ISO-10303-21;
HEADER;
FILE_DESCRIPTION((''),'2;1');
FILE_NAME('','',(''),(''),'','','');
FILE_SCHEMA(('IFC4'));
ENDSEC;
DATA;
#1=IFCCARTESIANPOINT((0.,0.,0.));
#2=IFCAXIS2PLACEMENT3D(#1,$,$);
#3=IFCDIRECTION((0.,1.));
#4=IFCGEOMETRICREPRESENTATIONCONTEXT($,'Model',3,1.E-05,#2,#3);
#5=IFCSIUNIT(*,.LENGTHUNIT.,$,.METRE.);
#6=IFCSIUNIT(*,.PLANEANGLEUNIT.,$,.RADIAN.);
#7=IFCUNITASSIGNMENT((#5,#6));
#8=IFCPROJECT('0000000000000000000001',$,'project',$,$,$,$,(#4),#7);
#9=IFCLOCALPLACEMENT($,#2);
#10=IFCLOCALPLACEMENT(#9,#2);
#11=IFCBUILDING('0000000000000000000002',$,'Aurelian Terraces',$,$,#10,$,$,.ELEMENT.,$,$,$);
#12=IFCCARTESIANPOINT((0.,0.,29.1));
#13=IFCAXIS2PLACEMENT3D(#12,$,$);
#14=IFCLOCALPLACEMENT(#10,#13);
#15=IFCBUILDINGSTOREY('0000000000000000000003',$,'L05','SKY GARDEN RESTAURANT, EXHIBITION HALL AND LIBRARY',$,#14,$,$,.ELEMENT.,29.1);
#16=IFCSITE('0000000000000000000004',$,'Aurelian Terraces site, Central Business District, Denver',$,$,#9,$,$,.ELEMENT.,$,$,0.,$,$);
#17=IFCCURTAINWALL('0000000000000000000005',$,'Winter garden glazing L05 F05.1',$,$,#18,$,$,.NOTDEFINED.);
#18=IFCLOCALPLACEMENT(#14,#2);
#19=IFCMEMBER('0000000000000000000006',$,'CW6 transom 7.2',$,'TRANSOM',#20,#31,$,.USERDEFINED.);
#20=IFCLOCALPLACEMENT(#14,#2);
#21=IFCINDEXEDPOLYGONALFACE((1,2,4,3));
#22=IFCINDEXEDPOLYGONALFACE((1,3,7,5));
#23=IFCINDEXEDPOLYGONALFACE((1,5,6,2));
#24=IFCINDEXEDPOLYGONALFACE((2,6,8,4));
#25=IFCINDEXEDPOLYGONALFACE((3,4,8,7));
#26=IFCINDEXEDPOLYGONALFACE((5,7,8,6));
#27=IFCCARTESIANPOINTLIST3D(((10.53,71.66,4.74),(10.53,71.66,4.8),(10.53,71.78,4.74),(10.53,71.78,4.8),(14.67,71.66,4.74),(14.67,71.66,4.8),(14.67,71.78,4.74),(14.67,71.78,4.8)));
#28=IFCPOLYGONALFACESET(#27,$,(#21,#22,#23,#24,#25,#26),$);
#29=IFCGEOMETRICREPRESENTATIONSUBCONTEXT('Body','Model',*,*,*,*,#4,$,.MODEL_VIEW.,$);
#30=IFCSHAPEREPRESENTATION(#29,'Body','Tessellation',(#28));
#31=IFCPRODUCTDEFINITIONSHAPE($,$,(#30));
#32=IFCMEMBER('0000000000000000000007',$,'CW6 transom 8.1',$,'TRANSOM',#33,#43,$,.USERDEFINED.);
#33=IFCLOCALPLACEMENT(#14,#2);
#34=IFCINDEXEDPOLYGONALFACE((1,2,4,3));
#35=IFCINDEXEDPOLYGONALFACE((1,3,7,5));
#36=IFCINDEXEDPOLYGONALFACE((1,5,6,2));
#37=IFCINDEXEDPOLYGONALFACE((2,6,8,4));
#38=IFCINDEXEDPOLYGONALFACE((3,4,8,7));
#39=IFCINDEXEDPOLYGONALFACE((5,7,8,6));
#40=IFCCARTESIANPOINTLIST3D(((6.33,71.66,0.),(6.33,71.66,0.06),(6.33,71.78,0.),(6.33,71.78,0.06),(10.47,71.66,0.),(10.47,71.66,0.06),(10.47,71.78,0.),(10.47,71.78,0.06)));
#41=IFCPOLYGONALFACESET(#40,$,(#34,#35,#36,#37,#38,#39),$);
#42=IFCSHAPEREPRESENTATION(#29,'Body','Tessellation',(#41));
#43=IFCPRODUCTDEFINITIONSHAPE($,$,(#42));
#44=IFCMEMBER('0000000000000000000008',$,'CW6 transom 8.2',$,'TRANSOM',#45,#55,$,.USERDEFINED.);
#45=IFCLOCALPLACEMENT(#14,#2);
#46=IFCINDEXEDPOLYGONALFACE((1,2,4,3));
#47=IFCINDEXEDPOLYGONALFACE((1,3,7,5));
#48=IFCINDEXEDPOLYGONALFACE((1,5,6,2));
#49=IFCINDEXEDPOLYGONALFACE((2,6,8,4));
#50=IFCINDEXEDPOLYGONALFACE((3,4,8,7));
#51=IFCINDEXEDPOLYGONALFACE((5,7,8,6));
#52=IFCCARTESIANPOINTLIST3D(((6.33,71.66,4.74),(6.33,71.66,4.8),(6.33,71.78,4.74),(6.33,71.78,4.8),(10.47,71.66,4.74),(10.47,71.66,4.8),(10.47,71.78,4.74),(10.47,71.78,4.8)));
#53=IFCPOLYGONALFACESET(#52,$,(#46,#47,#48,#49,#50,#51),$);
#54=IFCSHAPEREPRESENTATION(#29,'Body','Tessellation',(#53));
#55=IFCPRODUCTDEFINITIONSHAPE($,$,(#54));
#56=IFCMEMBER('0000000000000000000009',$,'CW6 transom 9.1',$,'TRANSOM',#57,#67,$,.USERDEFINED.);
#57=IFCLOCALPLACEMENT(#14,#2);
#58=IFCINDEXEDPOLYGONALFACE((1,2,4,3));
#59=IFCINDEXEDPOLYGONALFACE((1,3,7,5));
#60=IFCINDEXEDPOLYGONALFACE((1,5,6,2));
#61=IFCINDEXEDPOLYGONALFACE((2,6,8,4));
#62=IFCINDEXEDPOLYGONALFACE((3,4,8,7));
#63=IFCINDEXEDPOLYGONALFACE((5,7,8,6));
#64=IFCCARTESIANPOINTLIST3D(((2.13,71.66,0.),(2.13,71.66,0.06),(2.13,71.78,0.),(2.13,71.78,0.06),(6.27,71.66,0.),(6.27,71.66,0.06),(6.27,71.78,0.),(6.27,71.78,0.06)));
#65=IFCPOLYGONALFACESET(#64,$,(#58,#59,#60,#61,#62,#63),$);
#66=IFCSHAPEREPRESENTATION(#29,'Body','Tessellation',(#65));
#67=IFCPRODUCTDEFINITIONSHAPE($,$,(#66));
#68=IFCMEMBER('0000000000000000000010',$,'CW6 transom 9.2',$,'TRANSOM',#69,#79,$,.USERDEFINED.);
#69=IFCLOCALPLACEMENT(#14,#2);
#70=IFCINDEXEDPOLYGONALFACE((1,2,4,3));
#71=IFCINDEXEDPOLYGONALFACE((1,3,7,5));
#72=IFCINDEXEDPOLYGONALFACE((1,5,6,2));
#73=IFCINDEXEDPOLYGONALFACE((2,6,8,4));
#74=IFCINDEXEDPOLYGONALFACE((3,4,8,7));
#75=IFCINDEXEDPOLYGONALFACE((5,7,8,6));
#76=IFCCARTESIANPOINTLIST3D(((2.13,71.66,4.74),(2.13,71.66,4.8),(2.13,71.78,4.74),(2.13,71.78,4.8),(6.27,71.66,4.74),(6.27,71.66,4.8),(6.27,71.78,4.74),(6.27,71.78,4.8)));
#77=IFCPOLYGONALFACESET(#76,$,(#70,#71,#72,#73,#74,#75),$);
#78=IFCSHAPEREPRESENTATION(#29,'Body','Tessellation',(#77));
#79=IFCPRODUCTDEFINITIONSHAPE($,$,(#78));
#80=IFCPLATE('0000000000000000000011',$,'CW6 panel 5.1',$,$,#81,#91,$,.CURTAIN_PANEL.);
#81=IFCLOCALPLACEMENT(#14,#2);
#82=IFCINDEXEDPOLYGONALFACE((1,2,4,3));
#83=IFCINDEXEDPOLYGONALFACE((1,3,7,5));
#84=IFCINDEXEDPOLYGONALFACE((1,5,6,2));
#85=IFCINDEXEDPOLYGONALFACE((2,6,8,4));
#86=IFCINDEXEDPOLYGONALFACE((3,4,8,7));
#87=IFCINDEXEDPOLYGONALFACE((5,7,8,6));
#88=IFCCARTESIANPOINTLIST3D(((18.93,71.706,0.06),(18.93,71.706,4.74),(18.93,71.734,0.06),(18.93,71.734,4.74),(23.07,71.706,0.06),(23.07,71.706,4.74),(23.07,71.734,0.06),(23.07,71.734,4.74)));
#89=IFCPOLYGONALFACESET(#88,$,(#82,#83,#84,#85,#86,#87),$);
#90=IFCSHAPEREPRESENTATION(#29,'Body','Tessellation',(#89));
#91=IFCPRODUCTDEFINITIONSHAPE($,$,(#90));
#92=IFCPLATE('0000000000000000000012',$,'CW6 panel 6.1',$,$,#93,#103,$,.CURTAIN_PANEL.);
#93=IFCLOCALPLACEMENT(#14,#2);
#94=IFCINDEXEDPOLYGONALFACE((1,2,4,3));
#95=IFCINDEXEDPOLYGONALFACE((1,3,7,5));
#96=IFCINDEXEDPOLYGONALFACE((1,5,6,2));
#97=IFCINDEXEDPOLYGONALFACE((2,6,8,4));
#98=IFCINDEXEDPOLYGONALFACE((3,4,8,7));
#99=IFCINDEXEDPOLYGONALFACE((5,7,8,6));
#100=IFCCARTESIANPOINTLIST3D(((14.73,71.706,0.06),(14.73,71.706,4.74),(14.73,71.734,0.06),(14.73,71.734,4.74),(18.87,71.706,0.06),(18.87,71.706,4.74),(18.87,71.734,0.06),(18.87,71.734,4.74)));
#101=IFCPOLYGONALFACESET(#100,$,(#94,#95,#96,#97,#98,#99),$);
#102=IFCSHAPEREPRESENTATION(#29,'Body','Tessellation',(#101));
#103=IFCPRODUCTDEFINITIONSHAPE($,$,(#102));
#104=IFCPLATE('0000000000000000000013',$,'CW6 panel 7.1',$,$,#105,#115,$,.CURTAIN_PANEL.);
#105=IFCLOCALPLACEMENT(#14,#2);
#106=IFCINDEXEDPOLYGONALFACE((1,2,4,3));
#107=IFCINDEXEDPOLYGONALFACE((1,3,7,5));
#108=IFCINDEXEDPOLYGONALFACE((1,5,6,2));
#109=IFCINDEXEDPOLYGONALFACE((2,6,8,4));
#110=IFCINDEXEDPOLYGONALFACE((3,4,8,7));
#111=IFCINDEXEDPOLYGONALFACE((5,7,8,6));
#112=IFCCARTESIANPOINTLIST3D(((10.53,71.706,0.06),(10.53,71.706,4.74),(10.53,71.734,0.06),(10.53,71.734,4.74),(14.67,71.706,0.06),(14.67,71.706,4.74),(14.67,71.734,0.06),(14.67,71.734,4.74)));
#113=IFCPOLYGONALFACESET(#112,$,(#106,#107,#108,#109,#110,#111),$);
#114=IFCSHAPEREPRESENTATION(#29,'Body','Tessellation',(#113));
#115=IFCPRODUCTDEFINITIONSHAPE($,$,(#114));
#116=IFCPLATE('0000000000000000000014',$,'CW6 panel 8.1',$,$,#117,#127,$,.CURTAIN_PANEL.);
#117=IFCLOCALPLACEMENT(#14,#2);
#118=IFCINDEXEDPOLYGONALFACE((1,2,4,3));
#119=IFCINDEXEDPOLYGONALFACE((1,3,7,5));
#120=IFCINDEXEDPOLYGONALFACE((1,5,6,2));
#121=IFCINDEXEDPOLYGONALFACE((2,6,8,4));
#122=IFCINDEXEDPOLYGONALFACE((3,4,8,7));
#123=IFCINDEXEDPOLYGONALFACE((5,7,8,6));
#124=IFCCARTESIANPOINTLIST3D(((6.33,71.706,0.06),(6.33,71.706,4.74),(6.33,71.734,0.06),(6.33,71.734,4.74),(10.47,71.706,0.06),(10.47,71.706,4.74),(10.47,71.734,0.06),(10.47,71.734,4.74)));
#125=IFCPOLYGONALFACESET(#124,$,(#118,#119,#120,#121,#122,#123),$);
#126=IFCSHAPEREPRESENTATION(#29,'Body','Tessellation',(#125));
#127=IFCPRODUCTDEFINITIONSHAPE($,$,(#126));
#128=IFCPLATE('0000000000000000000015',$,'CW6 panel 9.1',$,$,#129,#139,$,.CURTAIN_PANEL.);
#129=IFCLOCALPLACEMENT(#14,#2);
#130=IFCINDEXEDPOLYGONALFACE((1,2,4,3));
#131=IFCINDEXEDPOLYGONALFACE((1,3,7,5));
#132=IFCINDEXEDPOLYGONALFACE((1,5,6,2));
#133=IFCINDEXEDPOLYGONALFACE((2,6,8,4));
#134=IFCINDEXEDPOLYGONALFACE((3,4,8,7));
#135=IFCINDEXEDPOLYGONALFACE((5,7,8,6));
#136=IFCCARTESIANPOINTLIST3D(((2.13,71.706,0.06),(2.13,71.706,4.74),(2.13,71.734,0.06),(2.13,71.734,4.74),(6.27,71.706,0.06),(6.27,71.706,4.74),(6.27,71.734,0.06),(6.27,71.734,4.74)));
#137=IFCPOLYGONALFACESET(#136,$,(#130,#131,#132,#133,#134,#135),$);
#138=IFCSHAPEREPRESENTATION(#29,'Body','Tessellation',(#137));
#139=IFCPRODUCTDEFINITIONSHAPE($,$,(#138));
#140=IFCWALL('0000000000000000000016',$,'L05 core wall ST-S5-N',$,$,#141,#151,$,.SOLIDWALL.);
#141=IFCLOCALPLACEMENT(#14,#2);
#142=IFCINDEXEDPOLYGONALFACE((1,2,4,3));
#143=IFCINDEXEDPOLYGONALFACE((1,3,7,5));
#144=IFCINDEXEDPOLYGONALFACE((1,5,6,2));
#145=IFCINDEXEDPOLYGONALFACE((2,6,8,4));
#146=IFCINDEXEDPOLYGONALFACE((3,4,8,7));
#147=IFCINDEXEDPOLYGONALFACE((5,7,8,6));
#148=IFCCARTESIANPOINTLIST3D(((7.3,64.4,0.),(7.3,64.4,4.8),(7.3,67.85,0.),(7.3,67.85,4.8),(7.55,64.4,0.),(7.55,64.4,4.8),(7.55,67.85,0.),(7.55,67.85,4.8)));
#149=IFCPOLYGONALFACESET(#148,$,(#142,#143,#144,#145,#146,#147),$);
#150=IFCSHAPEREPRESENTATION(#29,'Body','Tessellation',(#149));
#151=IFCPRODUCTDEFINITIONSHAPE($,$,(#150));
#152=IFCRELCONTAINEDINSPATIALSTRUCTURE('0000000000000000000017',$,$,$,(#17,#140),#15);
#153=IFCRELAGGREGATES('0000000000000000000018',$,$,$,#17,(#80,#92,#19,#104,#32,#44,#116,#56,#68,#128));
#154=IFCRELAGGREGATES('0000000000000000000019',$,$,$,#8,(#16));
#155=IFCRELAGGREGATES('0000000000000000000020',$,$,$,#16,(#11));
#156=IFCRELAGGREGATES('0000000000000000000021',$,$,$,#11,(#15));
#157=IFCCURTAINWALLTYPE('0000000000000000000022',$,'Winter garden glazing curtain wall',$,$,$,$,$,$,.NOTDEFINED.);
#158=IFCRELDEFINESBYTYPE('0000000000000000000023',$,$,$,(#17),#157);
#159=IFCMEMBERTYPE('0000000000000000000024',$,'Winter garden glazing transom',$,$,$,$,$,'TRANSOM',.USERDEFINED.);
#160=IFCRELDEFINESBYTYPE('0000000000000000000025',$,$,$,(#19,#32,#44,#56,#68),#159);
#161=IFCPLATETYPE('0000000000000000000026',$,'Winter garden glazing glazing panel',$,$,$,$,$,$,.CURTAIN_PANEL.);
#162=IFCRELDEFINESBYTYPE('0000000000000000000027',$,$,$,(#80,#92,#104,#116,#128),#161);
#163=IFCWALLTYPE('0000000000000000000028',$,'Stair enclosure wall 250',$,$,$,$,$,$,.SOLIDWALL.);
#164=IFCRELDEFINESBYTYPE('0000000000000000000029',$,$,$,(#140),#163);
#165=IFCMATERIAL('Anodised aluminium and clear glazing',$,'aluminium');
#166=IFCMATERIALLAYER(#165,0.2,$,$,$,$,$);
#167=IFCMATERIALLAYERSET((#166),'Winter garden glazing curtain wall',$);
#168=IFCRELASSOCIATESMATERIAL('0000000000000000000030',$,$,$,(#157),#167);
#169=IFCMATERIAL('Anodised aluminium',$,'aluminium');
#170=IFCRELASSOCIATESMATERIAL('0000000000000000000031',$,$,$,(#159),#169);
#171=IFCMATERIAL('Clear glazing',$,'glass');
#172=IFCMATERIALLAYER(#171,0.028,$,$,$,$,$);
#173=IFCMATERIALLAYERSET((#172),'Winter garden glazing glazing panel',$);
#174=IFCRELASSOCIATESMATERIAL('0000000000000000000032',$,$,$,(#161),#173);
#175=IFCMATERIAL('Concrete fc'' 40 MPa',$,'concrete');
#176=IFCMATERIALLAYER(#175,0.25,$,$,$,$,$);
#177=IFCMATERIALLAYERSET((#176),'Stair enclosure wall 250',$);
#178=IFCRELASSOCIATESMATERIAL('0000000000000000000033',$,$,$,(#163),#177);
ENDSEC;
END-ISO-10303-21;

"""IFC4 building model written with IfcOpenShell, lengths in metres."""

from ifc_helpers import new_model, si_unit, direction, frame, frame_2d, origin, origin_2d, place, context, subcontext, project, spatial, rectangle, extrude, source, transform, mapped, material, layer, layer_set, material_profile, profile_set, type_object, element, aggregate, save


model = new_model("IFC4")

# Units and contexts
model_context = context("Model", 3, precision=1e-05, world=origin(), true_north=direction((0.0, 1.0)))
body_context = subcontext(model_context, "Body", "Model", "MODEL_VIEW")
ifc_project = project(units=[si_unit("LENGTHUNIT", "METRE"), si_unit("PLANEANGLEUNIT", "RADIAN")], contexts=[model_context])

# Site, building, storey
site_placement = place(None, origin())
site = spatial("IfcSite", under=ifc_project, at=site_placement, Name="Aurelian Terraces site, Central Business District, Denver", CompositionType="ELEMENT", RefElevation=0.0)
building_placement = place(site_placement, origin())
building = spatial("IfcBuilding", under=site, at=building_placement, Name="Aurelian Terraces", CompositionType="ELEMENT")
storey_placement = place(building_placement, frame((0.0, 0.0, 29.1)))
storey = spatial("IfcBuildingStorey", under=building, at=storey_placement, Name="L05", Description="SKY GARDEN RESTAURANT, EXHIBITION HALL AND LIBRARY", CompositionType="ELEMENT", Elevation=29.1)

# Curtain wall, members, plates
ifc_material_1 = material(Name="Anodised aluminium and clear glazing", Category="aluminium")
ifc_layer_1 = layer(ifc_material_1, 0.2)
ifc_layer_set_1 = layer_set([ifc_layer_1], Name="Winter garden glazing curtain wall")
curtain_wall_type = type_object("IfcCurtainWallType", Name="Winter garden glazing curtain wall", PredefinedType="NOTDEFINED", material=ifc_layer_set_1)
curtain_wall_placement = place(storey_placement, origin())
curtain_wall = element("IfcCurtainWall", 1, at=curtain_wall_placement, inside=storey, type_object=curtain_wall_type, Name="Winter garden glazing L05 F05.1", PredefinedType="NOTDEFINED")
ifc_material_2 = material(Name="Anodised aluminium", Category="aluminium")
ifc_material_profile_1 = material_profile(ifc_material_2, rectangle(XDim=0.12, YDim=0.06, at=origin_2d()))
ifc_profile_set_1 = profile_set([ifc_material_profile_1], Name="Anodised aluminium")
member_type_1 = type_object("IfcMemberType", Name="Winter garden glazing transom", ElementType="TRANSOM", PredefinedType="USERDEFINED", material=ifc_profile_set_1)
shared_shape_1 = source(origin(), body_context, "Body", "SweptSolid", [
    extrude(rectangle(XDim=0.12, YDim=0.06, at=origin_2d()), origin(), (0.0, 0.0, 1.0), 4.14),
])
member_1_placement = place(storey_placement, frame((14.67, 71.72, 4.77), z_axis=(-1.0, 0.0, 0.0), x_axis=(0.0, -1.0, 0.0)))
member_1 = element("IfcMember", 2, at=member_1_placement, type_object=member_type_1, Name="CW6 transom 7.2", ObjectType="TRANSOM", PredefinedType="USERDEFINED", context=body_context, shape_type="MappedRepresentation", body=[
    mapped(shared_shape_1, transform((0.0, 0.0, 0.0), scale=1.0)),
])
member_2_placement = place(storey_placement, frame((10.47, 71.72, 0.03), z_axis=(-1.0, 0.0, 0.0), x_axis=(0.0, -1.0, 0.0)))
member_2 = element("IfcMember", 3, at=member_2_placement, type_object=member_type_1, Name="CW6 transom 8.1", ObjectType="TRANSOM", PredefinedType="USERDEFINED", context=body_context, shape_type="MappedRepresentation", body=[
    mapped(shared_shape_1, transform((0.0, 0.0, 0.0), scale=1.0)),
])
member_3_placement = place(storey_placement, frame((10.47, 71.72, 4.77), z_axis=(-1.0, 0.0, 0.0), x_axis=(0.0, -1.0, 0.0)))
member_3 = element("IfcMember", 4, at=member_3_placement, type_object=member_type_1, Name="CW6 transom 8.2", ObjectType="TRANSOM", PredefinedType="USERDEFINED", context=body_context, shape_type="MappedRepresentation", body=[
    mapped(shared_shape_1, transform((0.0, 0.0, 0.0), scale=1.0)),
])
member_4_placement = place(storey_placement, frame((6.27, 71.72, 0.03), z_axis=(-1.0, 0.0, 0.0), x_axis=(0.0, -1.0, 0.0)))
member_4 = element("IfcMember", 5, at=member_4_placement, type_object=member_type_1, Name="CW6 transom 9.1", ObjectType="TRANSOM", PredefinedType="USERDEFINED", context=body_context, shape_type="MappedRepresentation", body=[
    mapped(shared_shape_1, transform((0.0, 0.0, 0.0), scale=1.0)),
])
member_5_placement = place(storey_placement, frame((6.27, 71.72, 4.77), z_axis=(-1.0, 0.0, 0.0), x_axis=(0.0, -1.0, 0.0)))
member_5 = element("IfcMember", 6, at=member_5_placement, type_object=member_type_1, Name="CW6 transom 9.2", ObjectType="TRANSOM", PredefinedType="USERDEFINED", context=body_context, shape_type="MappedRepresentation", body=[
    mapped(shared_shape_1, transform((0.0, 0.0, 0.0), scale=1.0)),
])
ifc_material_3 = material(Name="Clear glazing", Category="glass")
ifc_layer_2 = layer(ifc_material_3, 0.028)
ifc_layer_set_2 = layer_set([ifc_layer_2], Name="Winter garden glazing glazing panel")
plate_type = type_object("IfcPlateType", Name="Winter garden glazing glazing panel", PredefinedType="CURTAIN_PANEL", material=ifc_layer_set_2)
shared_shape_2 = source(origin(), body_context, "Body", "SweptSolid", [
    extrude(rectangle(XDim=4.14, YDim=0.028, at=origin_2d()), origin(), (0.0, 0.0, 1.0), 4.68),
])
plate_1_placement = place(storey_placement, frame((21.0, 71.72, 0.06), z_axis=(0.0, 0.0, 1.0), x_axis=(-1.0, 0.0, 0.0)))
plate_1 = element("IfcPlate", 7, at=plate_1_placement, type_object=plate_type, Name="CW6 panel 5.1", PredefinedType="CURTAIN_PANEL", context=body_context, shape_type="MappedRepresentation", body=[
    mapped(shared_shape_2, transform((0.0, 0.0, 0.0), scale=1.0)),
])
plate_2_placement = place(storey_placement, frame((16.8, 71.72, 0.06), z_axis=(0.0, 0.0, 1.0), x_axis=(-1.0, 0.0, 0.0)))
plate_2 = element("IfcPlate", 8, at=plate_2_placement, type_object=plate_type, Name="CW6 panel 6.1", PredefinedType="CURTAIN_PANEL", context=body_context, shape_type="MappedRepresentation", body=[
    mapped(shared_shape_2, transform((0.0, 0.0, 0.0), scale=1.0)),
])
plate_3_placement = place(storey_placement, frame((12.6, 71.72, 0.06), z_axis=(0.0, 0.0, 1.0), x_axis=(-1.0, 0.0, 0.0)))
plate_3 = element("IfcPlate", 9, at=plate_3_placement, type_object=plate_type, Name="CW6 panel 7.1", PredefinedType="CURTAIN_PANEL", context=body_context, shape_type="MappedRepresentation", body=[
    mapped(shared_shape_2, transform((0.0, 0.0, 0.0), scale=1.0)),
])
plate_4_placement = place(storey_placement, frame((8.4, 71.72, 0.06), z_axis=(0.0, 0.0, 1.0), x_axis=(-1.0, 0.0, 0.0)))
plate_4 = element("IfcPlate", 10, at=plate_4_placement, type_object=plate_type, Name="CW6 panel 8.1", PredefinedType="CURTAIN_PANEL", context=body_context, shape_type="MappedRepresentation", body=[
    mapped(shared_shape_2, transform((0.0, 0.0, 0.0), scale=1.0)),
])
plate_5_placement = place(storey_placement, frame((4.2, 71.72, 0.06), z_axis=(0.0, 0.0, 1.0), x_axis=(-1.0, 0.0, 0.0)))
plate_5 = element("IfcPlate", 11, at=plate_5_placement, type_object=plate_type, Name="CW6 panel 9.1", PredefinedType="CURTAIN_PANEL", context=body_context, shape_type="MappedRepresentation", body=[
    mapped(shared_shape_2, transform((0.0, 0.0, 0.0), scale=1.0)),
])
aggregate(curtain_wall, [plate_1, plate_2, member_1, plate_3, member_2, member_3, plate_4, member_4, member_5, plate_5])

# Wall
ifc_material_4 = material(Name="Concrete fc' 40 MPa", Category="concrete")
ifc_layer_3 = layer(ifc_material_4, 0.25)
ifc_layer_set_3 = layer_set([ifc_layer_3], Name="Stair enclosure wall 250")
wall_type_1 = type_object("IfcWallType", Name="Stair enclosure wall 250", PredefinedType="SOLIDWALL", material=ifc_layer_set_3)
shared_shape_3 = source(origin(), body_context, "Body", "SweptSolid", [
    extrude(rectangle(XDim=3.45, YDim=0.25, at=frame_2d((1.725, 0.0))), origin(), (0.0, 0.0, 1.0), 4.8),
])
wall_1_placement = place(storey_placement, frame((7.425, 64.4, 0.0), z_axis=(0.0, 0.0, 1.0), x_axis=(0.0, 1.0, 0.0)))
element("IfcWall", 12, at=wall_1_placement, inside=storey, type_object=wall_type_1, Name="L05 core wall ST-S5-N", PredefinedType="SOLIDWALL", context=body_context, shape_type="MappedRepresentation", body=[
    mapped(shared_shape_3, transform((0.0, 0.0, 0.0), scale=1.0)),
])

save(model, "model.ifc")
